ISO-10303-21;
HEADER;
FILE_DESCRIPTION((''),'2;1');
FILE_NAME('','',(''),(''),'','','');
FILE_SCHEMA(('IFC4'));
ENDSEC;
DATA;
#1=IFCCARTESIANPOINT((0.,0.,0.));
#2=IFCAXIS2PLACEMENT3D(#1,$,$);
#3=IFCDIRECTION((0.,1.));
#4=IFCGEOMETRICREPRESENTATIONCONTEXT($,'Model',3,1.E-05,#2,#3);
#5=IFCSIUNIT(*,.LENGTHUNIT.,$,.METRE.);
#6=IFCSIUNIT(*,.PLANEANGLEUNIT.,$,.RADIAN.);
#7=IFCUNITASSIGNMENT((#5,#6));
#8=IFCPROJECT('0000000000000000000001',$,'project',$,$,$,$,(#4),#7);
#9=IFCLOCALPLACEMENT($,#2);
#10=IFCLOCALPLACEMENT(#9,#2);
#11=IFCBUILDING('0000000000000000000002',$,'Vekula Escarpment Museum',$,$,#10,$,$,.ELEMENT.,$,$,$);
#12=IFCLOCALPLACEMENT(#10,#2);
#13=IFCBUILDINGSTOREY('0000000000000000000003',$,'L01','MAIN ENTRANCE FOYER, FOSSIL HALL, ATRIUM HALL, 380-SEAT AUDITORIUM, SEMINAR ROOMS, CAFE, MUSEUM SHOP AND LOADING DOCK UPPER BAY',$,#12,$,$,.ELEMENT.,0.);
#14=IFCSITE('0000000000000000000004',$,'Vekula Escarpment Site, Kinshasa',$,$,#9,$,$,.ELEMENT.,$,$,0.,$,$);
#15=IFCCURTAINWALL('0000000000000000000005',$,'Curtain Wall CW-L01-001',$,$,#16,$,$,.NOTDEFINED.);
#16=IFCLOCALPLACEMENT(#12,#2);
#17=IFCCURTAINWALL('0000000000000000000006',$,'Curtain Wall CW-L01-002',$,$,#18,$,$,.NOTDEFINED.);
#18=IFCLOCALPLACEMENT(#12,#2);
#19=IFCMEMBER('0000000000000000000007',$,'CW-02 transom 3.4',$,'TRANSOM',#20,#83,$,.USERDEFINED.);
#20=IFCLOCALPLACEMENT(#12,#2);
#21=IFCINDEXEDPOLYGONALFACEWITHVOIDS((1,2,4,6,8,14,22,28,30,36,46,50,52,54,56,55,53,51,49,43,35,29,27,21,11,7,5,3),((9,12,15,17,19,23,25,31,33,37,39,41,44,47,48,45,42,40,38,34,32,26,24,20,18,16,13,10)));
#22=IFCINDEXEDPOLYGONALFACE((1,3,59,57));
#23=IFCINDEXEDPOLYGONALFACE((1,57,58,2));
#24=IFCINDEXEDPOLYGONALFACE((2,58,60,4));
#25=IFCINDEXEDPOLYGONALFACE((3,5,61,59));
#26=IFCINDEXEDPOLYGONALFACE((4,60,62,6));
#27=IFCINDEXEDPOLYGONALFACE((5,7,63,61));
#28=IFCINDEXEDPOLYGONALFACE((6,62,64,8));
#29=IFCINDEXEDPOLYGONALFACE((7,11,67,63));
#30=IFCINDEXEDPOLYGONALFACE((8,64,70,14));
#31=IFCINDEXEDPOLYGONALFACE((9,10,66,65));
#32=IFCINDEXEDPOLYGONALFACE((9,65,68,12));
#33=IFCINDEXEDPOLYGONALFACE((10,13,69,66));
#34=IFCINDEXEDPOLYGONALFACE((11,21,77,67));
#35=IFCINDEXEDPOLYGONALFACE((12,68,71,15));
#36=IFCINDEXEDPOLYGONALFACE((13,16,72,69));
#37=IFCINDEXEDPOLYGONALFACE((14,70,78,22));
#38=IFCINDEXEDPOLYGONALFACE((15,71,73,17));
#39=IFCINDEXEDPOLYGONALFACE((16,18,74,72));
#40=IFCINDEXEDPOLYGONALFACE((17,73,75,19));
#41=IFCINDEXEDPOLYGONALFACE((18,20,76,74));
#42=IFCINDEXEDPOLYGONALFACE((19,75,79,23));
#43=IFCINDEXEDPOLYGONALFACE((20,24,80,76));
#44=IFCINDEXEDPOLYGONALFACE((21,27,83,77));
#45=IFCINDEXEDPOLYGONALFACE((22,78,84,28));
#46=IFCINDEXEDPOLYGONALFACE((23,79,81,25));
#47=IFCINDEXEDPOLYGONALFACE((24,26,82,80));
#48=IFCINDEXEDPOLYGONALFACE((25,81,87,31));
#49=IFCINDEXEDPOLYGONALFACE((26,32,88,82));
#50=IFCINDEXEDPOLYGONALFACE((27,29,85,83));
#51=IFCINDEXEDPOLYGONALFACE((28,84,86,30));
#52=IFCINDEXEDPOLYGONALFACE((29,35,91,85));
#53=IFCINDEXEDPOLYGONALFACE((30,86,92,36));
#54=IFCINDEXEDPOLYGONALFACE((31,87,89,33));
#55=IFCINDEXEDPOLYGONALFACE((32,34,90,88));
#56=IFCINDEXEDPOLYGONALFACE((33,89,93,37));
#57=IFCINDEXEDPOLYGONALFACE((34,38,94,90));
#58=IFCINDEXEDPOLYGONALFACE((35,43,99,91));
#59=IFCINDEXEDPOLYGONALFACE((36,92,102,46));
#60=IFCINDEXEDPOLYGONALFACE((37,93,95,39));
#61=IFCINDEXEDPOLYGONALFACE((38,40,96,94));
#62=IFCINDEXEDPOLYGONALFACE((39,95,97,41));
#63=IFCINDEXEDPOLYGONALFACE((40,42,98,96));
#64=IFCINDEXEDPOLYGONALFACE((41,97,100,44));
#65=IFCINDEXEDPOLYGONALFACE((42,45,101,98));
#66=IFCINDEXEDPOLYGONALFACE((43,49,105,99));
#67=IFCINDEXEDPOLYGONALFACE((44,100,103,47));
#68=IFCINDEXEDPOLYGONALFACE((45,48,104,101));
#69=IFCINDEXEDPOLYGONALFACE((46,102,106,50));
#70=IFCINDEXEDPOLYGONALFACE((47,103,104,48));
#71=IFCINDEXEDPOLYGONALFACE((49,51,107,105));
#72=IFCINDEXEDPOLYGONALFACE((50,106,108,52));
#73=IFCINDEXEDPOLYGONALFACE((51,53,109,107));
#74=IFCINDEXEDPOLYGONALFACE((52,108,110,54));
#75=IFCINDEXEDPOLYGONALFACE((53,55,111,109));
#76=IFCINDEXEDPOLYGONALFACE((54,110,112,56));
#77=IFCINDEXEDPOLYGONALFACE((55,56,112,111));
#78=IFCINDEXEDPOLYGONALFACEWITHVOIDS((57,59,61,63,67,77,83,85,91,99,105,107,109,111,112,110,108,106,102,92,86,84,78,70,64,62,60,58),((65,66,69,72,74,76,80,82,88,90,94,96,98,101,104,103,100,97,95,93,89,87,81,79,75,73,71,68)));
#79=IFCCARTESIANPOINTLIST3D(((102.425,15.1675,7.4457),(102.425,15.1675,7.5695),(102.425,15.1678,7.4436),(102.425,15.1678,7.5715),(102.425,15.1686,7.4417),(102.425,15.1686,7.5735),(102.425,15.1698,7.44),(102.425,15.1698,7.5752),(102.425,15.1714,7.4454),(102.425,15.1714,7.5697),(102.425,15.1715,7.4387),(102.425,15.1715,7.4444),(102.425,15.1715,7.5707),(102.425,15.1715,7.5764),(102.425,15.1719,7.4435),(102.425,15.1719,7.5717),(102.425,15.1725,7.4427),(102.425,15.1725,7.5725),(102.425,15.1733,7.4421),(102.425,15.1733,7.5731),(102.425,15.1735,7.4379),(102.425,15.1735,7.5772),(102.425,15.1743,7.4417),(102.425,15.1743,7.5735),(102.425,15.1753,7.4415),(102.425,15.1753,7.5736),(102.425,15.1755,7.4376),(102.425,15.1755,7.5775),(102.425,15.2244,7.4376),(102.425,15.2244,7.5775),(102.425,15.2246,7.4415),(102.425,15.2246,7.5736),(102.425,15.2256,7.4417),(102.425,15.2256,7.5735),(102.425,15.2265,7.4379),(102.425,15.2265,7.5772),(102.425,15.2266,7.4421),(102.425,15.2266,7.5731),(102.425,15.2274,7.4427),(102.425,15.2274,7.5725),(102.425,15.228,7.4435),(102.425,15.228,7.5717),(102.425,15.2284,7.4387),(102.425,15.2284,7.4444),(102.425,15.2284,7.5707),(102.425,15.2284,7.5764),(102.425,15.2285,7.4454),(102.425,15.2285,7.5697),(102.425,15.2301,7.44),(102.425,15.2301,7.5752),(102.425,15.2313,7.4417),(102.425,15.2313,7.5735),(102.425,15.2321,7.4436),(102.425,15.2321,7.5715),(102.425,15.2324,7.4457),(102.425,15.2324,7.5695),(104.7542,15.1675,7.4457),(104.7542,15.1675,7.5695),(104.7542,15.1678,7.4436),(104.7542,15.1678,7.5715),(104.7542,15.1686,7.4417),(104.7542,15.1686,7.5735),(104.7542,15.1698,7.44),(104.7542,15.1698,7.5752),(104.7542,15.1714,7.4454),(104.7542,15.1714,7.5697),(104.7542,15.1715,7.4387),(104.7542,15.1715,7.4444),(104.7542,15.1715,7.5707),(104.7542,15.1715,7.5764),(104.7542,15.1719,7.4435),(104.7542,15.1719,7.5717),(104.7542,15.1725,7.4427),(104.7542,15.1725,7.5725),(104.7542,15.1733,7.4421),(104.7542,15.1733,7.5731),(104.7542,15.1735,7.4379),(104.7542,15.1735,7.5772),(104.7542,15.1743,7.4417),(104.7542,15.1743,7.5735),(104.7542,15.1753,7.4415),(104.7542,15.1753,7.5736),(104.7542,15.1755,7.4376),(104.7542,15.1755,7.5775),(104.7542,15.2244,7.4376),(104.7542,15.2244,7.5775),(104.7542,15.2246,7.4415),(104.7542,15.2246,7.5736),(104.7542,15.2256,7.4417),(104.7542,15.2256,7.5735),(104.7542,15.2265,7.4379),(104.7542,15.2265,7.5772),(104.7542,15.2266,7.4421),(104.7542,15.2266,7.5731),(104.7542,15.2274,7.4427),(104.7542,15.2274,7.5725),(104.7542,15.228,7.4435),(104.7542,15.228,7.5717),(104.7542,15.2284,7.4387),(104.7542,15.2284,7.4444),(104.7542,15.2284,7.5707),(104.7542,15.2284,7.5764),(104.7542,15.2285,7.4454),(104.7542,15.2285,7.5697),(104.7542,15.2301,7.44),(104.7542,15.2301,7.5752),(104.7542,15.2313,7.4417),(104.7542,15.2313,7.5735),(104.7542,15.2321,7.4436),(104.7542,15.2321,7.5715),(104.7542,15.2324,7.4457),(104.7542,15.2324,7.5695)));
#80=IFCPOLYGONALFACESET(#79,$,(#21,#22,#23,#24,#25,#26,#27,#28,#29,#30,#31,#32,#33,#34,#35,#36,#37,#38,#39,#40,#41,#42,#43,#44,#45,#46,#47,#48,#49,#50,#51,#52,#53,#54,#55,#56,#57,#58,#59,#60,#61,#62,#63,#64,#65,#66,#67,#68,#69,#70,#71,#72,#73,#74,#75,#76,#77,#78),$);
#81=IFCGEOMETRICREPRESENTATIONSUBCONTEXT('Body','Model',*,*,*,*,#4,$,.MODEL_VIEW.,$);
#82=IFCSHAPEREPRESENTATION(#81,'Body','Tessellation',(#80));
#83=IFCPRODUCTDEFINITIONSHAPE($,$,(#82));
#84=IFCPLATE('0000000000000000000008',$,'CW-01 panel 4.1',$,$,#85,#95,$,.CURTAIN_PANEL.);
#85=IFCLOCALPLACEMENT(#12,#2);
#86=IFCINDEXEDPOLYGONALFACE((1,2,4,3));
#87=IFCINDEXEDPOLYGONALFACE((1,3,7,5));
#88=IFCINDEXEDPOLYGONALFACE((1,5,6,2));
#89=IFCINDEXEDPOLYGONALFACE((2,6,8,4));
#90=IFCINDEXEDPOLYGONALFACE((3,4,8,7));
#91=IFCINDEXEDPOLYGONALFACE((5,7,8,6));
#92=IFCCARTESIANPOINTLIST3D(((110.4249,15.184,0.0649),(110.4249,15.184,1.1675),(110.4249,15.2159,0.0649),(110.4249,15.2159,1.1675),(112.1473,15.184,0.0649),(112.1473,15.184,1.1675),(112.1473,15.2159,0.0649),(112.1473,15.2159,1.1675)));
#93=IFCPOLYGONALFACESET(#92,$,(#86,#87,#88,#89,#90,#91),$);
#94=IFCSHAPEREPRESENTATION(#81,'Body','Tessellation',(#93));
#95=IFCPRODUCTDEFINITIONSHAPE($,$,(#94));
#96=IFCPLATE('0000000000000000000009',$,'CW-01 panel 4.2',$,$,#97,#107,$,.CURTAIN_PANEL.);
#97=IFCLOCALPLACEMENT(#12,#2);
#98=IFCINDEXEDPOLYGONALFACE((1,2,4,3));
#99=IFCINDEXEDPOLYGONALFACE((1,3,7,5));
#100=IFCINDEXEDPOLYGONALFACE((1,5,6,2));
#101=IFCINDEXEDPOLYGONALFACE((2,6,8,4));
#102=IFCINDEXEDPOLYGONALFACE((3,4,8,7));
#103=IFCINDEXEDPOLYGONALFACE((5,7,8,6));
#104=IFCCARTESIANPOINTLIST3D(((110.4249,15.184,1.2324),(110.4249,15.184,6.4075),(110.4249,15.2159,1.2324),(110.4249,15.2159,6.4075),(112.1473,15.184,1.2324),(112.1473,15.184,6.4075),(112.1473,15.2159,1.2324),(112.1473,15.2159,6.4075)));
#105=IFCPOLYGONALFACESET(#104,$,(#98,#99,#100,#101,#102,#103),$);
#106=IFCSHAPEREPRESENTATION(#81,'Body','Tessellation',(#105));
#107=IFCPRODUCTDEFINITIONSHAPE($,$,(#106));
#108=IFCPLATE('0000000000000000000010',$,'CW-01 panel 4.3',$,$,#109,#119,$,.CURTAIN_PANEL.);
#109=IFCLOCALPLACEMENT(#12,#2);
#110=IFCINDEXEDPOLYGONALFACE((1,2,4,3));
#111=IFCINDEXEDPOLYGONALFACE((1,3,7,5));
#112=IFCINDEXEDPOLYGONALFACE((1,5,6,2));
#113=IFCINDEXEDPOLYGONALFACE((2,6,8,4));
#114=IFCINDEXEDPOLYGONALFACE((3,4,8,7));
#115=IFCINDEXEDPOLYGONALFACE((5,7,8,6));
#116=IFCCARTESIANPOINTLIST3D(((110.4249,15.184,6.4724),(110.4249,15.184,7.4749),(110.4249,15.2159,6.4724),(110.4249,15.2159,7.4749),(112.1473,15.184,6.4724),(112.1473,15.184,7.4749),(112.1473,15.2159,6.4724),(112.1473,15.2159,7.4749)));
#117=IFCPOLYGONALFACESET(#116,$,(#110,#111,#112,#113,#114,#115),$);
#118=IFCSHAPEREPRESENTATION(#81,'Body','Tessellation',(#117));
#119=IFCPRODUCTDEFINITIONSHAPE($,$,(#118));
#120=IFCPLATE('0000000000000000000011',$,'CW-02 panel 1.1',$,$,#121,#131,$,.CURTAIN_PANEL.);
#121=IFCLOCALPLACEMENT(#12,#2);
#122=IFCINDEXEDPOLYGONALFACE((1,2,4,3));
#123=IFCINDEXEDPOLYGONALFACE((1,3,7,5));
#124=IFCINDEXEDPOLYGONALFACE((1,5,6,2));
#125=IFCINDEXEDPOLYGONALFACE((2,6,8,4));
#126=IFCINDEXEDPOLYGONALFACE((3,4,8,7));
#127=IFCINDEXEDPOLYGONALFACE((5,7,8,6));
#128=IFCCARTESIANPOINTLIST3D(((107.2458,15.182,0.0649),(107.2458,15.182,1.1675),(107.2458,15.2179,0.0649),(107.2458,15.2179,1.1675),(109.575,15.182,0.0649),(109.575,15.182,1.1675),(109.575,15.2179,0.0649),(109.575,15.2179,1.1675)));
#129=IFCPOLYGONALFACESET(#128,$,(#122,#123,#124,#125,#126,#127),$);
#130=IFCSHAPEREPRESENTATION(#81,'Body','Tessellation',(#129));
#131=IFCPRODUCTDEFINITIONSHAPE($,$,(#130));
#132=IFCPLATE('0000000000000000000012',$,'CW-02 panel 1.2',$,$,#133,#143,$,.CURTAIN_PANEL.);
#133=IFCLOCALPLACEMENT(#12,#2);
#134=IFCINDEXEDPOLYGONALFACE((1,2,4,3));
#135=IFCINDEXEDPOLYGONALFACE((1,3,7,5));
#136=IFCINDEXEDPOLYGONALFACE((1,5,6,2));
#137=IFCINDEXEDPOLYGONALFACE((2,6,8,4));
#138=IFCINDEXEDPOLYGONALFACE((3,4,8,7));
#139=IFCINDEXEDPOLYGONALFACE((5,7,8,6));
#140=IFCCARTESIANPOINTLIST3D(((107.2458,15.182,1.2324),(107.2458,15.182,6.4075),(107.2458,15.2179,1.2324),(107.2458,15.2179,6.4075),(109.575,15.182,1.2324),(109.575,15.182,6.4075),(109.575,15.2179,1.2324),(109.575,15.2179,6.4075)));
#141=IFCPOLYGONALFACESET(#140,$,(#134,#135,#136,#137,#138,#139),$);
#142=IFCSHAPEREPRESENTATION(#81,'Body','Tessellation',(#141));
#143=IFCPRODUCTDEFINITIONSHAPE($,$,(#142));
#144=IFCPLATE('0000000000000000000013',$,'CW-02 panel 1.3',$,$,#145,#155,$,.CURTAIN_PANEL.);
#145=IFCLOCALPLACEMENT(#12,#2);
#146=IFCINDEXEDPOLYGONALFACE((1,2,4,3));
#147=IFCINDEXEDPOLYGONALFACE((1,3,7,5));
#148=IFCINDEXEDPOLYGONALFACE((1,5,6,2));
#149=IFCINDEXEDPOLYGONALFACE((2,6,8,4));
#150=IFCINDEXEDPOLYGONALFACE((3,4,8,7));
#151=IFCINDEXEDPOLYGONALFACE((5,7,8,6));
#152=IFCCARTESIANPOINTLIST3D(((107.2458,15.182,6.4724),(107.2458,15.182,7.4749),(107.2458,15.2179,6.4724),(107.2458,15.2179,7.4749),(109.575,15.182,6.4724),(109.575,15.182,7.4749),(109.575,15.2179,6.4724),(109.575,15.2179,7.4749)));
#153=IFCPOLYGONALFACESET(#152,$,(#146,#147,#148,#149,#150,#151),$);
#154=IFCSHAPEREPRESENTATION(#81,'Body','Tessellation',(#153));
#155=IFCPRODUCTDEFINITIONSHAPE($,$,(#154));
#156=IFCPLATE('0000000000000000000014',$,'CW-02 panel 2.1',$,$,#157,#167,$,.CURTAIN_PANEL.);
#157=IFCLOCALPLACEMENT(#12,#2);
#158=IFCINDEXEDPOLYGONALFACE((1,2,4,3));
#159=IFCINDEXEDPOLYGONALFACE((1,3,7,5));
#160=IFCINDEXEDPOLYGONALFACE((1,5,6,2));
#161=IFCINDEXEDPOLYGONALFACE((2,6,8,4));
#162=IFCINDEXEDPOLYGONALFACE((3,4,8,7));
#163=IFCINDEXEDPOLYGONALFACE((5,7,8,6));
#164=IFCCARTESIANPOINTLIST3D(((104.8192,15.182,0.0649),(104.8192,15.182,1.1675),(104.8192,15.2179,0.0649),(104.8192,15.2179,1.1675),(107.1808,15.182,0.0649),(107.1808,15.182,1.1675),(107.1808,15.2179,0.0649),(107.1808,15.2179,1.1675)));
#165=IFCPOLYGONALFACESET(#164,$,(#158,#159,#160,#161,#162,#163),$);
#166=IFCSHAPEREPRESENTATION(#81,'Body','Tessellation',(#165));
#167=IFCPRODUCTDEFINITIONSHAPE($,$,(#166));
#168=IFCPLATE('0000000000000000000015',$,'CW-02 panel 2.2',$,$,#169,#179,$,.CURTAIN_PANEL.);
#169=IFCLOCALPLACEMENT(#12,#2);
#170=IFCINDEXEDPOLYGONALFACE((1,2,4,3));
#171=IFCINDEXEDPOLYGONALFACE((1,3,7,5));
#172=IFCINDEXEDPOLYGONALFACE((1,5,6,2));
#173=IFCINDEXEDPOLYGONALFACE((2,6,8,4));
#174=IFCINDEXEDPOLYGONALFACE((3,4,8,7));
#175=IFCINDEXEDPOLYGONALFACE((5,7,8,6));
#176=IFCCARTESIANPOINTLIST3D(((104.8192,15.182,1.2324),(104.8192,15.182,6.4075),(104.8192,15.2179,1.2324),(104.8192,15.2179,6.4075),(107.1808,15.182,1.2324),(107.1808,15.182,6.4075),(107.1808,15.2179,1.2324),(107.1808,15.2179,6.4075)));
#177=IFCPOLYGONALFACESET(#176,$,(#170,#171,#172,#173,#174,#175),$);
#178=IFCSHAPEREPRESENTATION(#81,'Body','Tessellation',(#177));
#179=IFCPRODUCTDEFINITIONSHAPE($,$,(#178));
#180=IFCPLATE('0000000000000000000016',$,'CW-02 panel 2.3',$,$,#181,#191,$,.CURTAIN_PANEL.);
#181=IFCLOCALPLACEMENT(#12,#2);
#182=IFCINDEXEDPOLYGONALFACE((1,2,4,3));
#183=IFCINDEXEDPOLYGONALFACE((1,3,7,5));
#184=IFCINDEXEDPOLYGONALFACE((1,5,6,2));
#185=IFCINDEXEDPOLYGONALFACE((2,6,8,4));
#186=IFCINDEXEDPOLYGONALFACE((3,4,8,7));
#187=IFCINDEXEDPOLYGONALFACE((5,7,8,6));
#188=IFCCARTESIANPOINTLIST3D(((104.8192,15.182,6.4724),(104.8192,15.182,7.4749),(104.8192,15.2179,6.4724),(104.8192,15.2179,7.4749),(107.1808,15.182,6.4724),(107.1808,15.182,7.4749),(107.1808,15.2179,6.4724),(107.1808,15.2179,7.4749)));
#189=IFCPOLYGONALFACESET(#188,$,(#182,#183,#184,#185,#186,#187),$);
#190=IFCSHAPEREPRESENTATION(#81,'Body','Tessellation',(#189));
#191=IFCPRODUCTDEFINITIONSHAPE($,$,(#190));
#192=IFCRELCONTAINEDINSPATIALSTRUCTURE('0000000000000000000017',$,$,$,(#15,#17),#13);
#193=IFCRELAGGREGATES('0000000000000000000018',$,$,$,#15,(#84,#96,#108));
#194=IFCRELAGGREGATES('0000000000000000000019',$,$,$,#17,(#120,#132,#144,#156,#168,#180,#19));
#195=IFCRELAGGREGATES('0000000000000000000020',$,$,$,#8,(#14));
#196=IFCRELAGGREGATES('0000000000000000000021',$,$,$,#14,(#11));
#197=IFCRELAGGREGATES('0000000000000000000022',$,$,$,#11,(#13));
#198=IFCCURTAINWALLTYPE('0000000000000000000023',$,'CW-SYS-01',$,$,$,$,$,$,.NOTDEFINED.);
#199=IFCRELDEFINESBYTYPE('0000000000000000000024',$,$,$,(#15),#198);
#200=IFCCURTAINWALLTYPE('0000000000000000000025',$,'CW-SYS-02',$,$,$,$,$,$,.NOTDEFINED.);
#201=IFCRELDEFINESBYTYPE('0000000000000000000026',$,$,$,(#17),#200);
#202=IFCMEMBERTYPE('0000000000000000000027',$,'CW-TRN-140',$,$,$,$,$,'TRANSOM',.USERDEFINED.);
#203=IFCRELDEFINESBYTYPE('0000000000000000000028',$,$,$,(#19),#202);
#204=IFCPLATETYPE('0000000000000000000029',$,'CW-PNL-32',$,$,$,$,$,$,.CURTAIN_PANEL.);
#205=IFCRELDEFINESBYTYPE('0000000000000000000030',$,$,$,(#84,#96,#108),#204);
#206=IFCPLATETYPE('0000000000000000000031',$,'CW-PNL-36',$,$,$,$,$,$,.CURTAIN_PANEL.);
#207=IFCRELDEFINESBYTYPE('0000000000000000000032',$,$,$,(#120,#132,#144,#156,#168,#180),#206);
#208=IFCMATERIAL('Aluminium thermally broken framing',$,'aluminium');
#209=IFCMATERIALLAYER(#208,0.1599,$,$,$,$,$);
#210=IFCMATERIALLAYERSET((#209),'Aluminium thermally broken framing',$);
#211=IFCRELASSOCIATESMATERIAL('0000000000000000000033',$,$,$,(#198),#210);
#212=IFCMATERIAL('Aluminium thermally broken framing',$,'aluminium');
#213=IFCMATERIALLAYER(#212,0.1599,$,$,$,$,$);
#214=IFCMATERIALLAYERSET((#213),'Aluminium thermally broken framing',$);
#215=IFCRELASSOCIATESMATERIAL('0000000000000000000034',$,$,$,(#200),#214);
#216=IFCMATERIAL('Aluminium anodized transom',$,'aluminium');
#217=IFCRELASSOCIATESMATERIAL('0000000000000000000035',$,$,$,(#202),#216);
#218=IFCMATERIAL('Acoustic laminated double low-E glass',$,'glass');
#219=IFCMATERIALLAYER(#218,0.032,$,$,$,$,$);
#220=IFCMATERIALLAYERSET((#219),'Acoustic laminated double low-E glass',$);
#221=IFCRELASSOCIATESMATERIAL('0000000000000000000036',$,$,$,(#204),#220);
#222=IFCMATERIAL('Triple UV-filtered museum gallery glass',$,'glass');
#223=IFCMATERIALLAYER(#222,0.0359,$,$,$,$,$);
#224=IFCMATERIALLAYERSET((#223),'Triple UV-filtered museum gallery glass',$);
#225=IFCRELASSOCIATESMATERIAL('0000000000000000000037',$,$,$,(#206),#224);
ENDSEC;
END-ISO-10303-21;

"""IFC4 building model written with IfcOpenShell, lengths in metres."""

from ifc_helpers import new_model, si_unit, direction, frame, origin, origin_2d, place, context, subcontext, project, spatial, rectangle, hollow_rectangle, extrude, material, layer, layer_set, material_profile, profile_set, type_object, element, aggregate, save


model = new_model("IFC4")

# Units and contexts
model_context = context("Model", 3, precision=1e-05, world=origin(), true_north=direction((0.0, 1.0)))
body_context = subcontext(model_context, "Body", "Model", "MODEL_VIEW")
ifc_project = project(units=[si_unit("LENGTHUNIT", "METRE"), si_unit("PLANEANGLEUNIT", "RADIAN")], contexts=[model_context])

# Site, building, storey
site_placement = place(None, origin())
site = spatial("IfcSite", under=ifc_project, at=site_placement, Name="Vekula Escarpment Site, Kinshasa", CompositionType="ELEMENT", RefElevation=0.0)
building_placement = place(site_placement, origin())
building = spatial("IfcBuilding", under=site, at=building_placement, Name="Vekula Escarpment Museum", CompositionType="ELEMENT")
storey_placement = place(building_placement, origin())
storey = spatial("IfcBuildingStorey", under=building, at=storey_placement, Name="L01", Description="MAIN ENTRANCE FOYER, FOSSIL HALL, ATRIUM HALL, 380-SEAT AUDITORIUM, SEMINAR ROOMS, CAFE, MUSEUM SHOP AND LOADING DOCK UPPER BAY", CompositionType="ELEMENT", Elevation=0.0)

# Curtain wall
ifc_material_1 = material(Name="Aluminium thermally broken framing", Category="aluminium")
ifc_layer_1 = layer(ifc_material_1, 0.1599)
ifc_layer_set_1 = layer_set([ifc_layer_1], Name="Aluminium thermally broken framing")
curtain_wall_type_1 = type_object("IfcCurtainWallType", Name="CW-SYS-01", PredefinedType="NOTDEFINED", material=ifc_layer_set_1)
curtain_wall_1_placement = place(storey_placement, origin())
curtain_wall_1 = element("IfcCurtainWall", 1, at=curtain_wall_1_placement, inside=storey, type_object=curtain_wall_type_1, Name="Curtain Wall CW-L01-001", PredefinedType="NOTDEFINED")

# Curtain wall, member
ifc_material_2 = material(Name="Aluminium thermally broken framing", Category="aluminium")
ifc_layer_2 = layer(ifc_material_2, 0.1599)
ifc_layer_set_2 = layer_set([ifc_layer_2], Name="Aluminium thermally broken framing")
curtain_wall_type_2 = type_object("IfcCurtainWallType", Name="CW-SYS-02", PredefinedType="NOTDEFINED", material=ifc_layer_set_2)
curtain_wall_2_placement = place(storey_placement, origin())
curtain_wall_2 = element("IfcCurtainWall", 2, at=curtain_wall_2_placement, inside=storey, type_object=curtain_wall_type_2, Name="Curtain Wall CW-L01-002", PredefinedType="NOTDEFINED")
ifc_material_3 = material(Name="Aluminium anodized transom", Category="aluminium")
ifc_material_profile_1 = material_profile(ifc_material_3, hollow_rectangle(XDim=0.0649, YDim=0.1399, WallThickness=0.0039, InnerFilletRadius=0.0039, OuterFilletRadius=0.0081, at=origin_2d()), Name="ALU 140x65x4")
ifc_profile_set_1 = profile_set([ifc_material_profile_1], Name="Aluminium anodized transom")
member_type_1 = type_object("IfcMemberType", Name="CW-TRN-140", ElementType="TRANSOM", PredefinedType="USERDEFINED", material=ifc_profile_set_1)
member_1_placement = place(storey_placement, frame((104.7542, 15.2, 7.5076), z_axis=(-1.0, 0.0, 0.0), x_axis=(0.0, -1.0, 0.0)))
member_1 = element("IfcMember", 3, at=member_1_placement, type_object=member_type_1, Name="CW-02 transom 3.4", ObjectType="TRANSOM", PredefinedType="USERDEFINED", context=body_context, shape_type="SweptSolid", body=[
    extrude(hollow_rectangle(XDim=0.0649, YDim=0.1399, WallThickness=0.0039, InnerFilletRadius=0.0039, OuterFilletRadius=0.0081, at=origin_2d()), origin(), (0.0, 0.0, 1.0), 2.3291),
])

# Plates
ifc_material_4 = material(Name="Acoustic laminated double low-E glass", Category="glass")
ifc_layer_3 = layer(ifc_material_4, 0.032)
ifc_layer_set_3 = layer_set([ifc_layer_3], Name="Acoustic laminated double low-E glass")
plate_type_1 = type_object("IfcPlateType", Name="CW-PNL-32", PredefinedType="CURTAIN_PANEL", material=ifc_layer_set_3)
plate_1_placement = place(storey_placement, frame((111.2861, 15.2, 0.0649), z_axis=(0.0, 0.0, 1.0), x_axis=(-1.0, 0.0, 0.0)))
plate_1 = element("IfcPlate", 4, at=plate_1_placement, type_object=plate_type_1, Name="CW-01 panel 4.1", PredefinedType="CURTAIN_PANEL", context=body_context, shape_type="SweptSolid", body=[
    extrude(rectangle(XDim=1.7224, YDim=0.032, at=origin_2d()), origin(), (0.0, 0.0, 1.0), 1.1025),
])
plate_2_placement = place(storey_placement, frame((111.2861, 15.2, 1.2324), z_axis=(0.0, 0.0, 1.0), x_axis=(-1.0, 0.0, 0.0)))
plate_2 = element("IfcPlate", 5, at=plate_2_placement, type_object=plate_type_1, Name="CW-01 panel 4.2", PredefinedType="CURTAIN_PANEL", context=body_context, shape_type="SweptSolid", body=[
    extrude(rectangle(XDim=1.7224, YDim=0.032, at=origin_2d()), origin(), (0.0, 0.0, 1.0), 5.175),
])
plate_3_placement = place(storey_placement, frame((111.2861, 15.2, 6.4724), z_axis=(0.0, 0.0, 1.0), x_axis=(-1.0, 0.0, 0.0)))
plate_3 = element("IfcPlate", 6, at=plate_3_placement, type_object=plate_type_1, Name="CW-01 panel 4.3", PredefinedType="CURTAIN_PANEL", context=body_context, shape_type="SweptSolid", body=[
    extrude(rectangle(XDim=1.7224, YDim=0.032, at=origin_2d()), origin(), (0.0, 0.0, 1.0), 1.0024),
])
aggregate(curtain_wall_1, [plate_1, plate_2, plate_3])
ifc_material_5 = material(Name="Triple UV-filtered museum gallery glass", Category="glass")
ifc_layer_4 = layer(ifc_material_5, 0.0359)
ifc_layer_set_4 = layer_set([ifc_layer_4], Name="Triple UV-filtered museum gallery glass")
plate_type_2 = type_object("IfcPlateType", Name="CW-PNL-36", PredefinedType="CURTAIN_PANEL", material=ifc_layer_set_4)
plate_4_placement = place(storey_placement, frame((108.4104, 15.2, 0.0649), z_axis=(0.0, 0.0, 1.0), x_axis=(-1.0, 0.0, 0.0)))
plate_4 = element("IfcPlate", 7, at=plate_4_placement, type_object=plate_type_2, Name="CW-02 panel 1.1", PredefinedType="CURTAIN_PANEL", context=body_context, shape_type="SweptSolid", body=[
    extrude(rectangle(XDim=2.3291, YDim=0.0359, at=origin_2d()), origin(), (0.0, 0.0, 1.0), 1.1025),
])
plate_5_placement = place(storey_placement, frame((108.4104, 15.2, 1.2324), z_axis=(0.0, 0.0, 1.0), x_axis=(-1.0, 0.0, 0.0)))
plate_5 = element("IfcPlate", 8, at=plate_5_placement, type_object=plate_type_2, Name="CW-02 panel 1.2", PredefinedType="CURTAIN_PANEL", context=body_context, shape_type="SweptSolid", body=[
    extrude(rectangle(XDim=2.3291, YDim=0.0359, at=origin_2d()), origin(), (0.0, 0.0, 1.0), 5.175),
])
plate_6_placement = place(storey_placement, frame((108.4104, 15.2, 6.4724), z_axis=(0.0, 0.0, 1.0), x_axis=(-1.0, 0.0, 0.0)))
plate_6 = element("IfcPlate", 9, at=plate_6_placement, type_object=plate_type_2, Name="CW-02 panel 1.3", PredefinedType="CURTAIN_PANEL", context=body_context, shape_type="SweptSolid", body=[
    extrude(rectangle(XDim=2.3291, YDim=0.0359, at=origin_2d()), origin(), (0.0, 0.0, 1.0), 1.0024),
])
plate_7_placement = place(storey_placement, frame((106.0, 15.2, 0.0649), z_axis=(0.0, 0.0, 1.0), x_axis=(-1.0, 0.0, 0.0)))
plate_7 = element("IfcPlate", 10, at=plate_7_placement, type_object=plate_type_2, Name="CW-02 panel 2.1", PredefinedType="CURTAIN_PANEL", context=body_context, shape_type="SweptSolid", body=[
    extrude(rectangle(XDim=2.3616, YDim=0.0359, at=origin_2d()), origin(), (0.0, 0.0, 1.0), 1.1025),
])
plate_8_placement = place(storey_placement, frame((106.0, 15.2, 1.2324), z_axis=(0.0, 0.0, 1.0), x_axis=(-1.0, 0.0, 0.0)))
plate_8 = element("IfcPlate", 11, at=plate_8_placement, type_object=plate_type_2, Name="CW-02 panel 2.2", PredefinedType="CURTAIN_PANEL", context=body_context, shape_type="SweptSolid", body=[
    extrude(rectangle(XDim=2.3616, YDim=0.0359, at=origin_2d()), origin(), (0.0, 0.0, 1.0), 5.175),
])
plate_9_placement = place(storey_placement, frame((106.0, 15.2, 6.4724), z_axis=(0.0, 0.0, 1.0), x_axis=(-1.0, 0.0, 0.0)))
plate_9 = element("IfcPlate", 12, at=plate_9_placement, type_object=plate_type_2, Name="CW-02 panel 2.3", PredefinedType="CURTAIN_PANEL", context=body_context, shape_type="SweptSolid", body=[
    extrude(rectangle(XDim=2.3616, YDim=0.0359, at=origin_2d()), origin(), (0.0, 0.0, 1.0), 1.0024),
])
aggregate(curtain_wall_2, [plate_4, plate_5, plate_6, plate_7, plate_8, plate_9, member_1])

save(model, "model.ifc")
